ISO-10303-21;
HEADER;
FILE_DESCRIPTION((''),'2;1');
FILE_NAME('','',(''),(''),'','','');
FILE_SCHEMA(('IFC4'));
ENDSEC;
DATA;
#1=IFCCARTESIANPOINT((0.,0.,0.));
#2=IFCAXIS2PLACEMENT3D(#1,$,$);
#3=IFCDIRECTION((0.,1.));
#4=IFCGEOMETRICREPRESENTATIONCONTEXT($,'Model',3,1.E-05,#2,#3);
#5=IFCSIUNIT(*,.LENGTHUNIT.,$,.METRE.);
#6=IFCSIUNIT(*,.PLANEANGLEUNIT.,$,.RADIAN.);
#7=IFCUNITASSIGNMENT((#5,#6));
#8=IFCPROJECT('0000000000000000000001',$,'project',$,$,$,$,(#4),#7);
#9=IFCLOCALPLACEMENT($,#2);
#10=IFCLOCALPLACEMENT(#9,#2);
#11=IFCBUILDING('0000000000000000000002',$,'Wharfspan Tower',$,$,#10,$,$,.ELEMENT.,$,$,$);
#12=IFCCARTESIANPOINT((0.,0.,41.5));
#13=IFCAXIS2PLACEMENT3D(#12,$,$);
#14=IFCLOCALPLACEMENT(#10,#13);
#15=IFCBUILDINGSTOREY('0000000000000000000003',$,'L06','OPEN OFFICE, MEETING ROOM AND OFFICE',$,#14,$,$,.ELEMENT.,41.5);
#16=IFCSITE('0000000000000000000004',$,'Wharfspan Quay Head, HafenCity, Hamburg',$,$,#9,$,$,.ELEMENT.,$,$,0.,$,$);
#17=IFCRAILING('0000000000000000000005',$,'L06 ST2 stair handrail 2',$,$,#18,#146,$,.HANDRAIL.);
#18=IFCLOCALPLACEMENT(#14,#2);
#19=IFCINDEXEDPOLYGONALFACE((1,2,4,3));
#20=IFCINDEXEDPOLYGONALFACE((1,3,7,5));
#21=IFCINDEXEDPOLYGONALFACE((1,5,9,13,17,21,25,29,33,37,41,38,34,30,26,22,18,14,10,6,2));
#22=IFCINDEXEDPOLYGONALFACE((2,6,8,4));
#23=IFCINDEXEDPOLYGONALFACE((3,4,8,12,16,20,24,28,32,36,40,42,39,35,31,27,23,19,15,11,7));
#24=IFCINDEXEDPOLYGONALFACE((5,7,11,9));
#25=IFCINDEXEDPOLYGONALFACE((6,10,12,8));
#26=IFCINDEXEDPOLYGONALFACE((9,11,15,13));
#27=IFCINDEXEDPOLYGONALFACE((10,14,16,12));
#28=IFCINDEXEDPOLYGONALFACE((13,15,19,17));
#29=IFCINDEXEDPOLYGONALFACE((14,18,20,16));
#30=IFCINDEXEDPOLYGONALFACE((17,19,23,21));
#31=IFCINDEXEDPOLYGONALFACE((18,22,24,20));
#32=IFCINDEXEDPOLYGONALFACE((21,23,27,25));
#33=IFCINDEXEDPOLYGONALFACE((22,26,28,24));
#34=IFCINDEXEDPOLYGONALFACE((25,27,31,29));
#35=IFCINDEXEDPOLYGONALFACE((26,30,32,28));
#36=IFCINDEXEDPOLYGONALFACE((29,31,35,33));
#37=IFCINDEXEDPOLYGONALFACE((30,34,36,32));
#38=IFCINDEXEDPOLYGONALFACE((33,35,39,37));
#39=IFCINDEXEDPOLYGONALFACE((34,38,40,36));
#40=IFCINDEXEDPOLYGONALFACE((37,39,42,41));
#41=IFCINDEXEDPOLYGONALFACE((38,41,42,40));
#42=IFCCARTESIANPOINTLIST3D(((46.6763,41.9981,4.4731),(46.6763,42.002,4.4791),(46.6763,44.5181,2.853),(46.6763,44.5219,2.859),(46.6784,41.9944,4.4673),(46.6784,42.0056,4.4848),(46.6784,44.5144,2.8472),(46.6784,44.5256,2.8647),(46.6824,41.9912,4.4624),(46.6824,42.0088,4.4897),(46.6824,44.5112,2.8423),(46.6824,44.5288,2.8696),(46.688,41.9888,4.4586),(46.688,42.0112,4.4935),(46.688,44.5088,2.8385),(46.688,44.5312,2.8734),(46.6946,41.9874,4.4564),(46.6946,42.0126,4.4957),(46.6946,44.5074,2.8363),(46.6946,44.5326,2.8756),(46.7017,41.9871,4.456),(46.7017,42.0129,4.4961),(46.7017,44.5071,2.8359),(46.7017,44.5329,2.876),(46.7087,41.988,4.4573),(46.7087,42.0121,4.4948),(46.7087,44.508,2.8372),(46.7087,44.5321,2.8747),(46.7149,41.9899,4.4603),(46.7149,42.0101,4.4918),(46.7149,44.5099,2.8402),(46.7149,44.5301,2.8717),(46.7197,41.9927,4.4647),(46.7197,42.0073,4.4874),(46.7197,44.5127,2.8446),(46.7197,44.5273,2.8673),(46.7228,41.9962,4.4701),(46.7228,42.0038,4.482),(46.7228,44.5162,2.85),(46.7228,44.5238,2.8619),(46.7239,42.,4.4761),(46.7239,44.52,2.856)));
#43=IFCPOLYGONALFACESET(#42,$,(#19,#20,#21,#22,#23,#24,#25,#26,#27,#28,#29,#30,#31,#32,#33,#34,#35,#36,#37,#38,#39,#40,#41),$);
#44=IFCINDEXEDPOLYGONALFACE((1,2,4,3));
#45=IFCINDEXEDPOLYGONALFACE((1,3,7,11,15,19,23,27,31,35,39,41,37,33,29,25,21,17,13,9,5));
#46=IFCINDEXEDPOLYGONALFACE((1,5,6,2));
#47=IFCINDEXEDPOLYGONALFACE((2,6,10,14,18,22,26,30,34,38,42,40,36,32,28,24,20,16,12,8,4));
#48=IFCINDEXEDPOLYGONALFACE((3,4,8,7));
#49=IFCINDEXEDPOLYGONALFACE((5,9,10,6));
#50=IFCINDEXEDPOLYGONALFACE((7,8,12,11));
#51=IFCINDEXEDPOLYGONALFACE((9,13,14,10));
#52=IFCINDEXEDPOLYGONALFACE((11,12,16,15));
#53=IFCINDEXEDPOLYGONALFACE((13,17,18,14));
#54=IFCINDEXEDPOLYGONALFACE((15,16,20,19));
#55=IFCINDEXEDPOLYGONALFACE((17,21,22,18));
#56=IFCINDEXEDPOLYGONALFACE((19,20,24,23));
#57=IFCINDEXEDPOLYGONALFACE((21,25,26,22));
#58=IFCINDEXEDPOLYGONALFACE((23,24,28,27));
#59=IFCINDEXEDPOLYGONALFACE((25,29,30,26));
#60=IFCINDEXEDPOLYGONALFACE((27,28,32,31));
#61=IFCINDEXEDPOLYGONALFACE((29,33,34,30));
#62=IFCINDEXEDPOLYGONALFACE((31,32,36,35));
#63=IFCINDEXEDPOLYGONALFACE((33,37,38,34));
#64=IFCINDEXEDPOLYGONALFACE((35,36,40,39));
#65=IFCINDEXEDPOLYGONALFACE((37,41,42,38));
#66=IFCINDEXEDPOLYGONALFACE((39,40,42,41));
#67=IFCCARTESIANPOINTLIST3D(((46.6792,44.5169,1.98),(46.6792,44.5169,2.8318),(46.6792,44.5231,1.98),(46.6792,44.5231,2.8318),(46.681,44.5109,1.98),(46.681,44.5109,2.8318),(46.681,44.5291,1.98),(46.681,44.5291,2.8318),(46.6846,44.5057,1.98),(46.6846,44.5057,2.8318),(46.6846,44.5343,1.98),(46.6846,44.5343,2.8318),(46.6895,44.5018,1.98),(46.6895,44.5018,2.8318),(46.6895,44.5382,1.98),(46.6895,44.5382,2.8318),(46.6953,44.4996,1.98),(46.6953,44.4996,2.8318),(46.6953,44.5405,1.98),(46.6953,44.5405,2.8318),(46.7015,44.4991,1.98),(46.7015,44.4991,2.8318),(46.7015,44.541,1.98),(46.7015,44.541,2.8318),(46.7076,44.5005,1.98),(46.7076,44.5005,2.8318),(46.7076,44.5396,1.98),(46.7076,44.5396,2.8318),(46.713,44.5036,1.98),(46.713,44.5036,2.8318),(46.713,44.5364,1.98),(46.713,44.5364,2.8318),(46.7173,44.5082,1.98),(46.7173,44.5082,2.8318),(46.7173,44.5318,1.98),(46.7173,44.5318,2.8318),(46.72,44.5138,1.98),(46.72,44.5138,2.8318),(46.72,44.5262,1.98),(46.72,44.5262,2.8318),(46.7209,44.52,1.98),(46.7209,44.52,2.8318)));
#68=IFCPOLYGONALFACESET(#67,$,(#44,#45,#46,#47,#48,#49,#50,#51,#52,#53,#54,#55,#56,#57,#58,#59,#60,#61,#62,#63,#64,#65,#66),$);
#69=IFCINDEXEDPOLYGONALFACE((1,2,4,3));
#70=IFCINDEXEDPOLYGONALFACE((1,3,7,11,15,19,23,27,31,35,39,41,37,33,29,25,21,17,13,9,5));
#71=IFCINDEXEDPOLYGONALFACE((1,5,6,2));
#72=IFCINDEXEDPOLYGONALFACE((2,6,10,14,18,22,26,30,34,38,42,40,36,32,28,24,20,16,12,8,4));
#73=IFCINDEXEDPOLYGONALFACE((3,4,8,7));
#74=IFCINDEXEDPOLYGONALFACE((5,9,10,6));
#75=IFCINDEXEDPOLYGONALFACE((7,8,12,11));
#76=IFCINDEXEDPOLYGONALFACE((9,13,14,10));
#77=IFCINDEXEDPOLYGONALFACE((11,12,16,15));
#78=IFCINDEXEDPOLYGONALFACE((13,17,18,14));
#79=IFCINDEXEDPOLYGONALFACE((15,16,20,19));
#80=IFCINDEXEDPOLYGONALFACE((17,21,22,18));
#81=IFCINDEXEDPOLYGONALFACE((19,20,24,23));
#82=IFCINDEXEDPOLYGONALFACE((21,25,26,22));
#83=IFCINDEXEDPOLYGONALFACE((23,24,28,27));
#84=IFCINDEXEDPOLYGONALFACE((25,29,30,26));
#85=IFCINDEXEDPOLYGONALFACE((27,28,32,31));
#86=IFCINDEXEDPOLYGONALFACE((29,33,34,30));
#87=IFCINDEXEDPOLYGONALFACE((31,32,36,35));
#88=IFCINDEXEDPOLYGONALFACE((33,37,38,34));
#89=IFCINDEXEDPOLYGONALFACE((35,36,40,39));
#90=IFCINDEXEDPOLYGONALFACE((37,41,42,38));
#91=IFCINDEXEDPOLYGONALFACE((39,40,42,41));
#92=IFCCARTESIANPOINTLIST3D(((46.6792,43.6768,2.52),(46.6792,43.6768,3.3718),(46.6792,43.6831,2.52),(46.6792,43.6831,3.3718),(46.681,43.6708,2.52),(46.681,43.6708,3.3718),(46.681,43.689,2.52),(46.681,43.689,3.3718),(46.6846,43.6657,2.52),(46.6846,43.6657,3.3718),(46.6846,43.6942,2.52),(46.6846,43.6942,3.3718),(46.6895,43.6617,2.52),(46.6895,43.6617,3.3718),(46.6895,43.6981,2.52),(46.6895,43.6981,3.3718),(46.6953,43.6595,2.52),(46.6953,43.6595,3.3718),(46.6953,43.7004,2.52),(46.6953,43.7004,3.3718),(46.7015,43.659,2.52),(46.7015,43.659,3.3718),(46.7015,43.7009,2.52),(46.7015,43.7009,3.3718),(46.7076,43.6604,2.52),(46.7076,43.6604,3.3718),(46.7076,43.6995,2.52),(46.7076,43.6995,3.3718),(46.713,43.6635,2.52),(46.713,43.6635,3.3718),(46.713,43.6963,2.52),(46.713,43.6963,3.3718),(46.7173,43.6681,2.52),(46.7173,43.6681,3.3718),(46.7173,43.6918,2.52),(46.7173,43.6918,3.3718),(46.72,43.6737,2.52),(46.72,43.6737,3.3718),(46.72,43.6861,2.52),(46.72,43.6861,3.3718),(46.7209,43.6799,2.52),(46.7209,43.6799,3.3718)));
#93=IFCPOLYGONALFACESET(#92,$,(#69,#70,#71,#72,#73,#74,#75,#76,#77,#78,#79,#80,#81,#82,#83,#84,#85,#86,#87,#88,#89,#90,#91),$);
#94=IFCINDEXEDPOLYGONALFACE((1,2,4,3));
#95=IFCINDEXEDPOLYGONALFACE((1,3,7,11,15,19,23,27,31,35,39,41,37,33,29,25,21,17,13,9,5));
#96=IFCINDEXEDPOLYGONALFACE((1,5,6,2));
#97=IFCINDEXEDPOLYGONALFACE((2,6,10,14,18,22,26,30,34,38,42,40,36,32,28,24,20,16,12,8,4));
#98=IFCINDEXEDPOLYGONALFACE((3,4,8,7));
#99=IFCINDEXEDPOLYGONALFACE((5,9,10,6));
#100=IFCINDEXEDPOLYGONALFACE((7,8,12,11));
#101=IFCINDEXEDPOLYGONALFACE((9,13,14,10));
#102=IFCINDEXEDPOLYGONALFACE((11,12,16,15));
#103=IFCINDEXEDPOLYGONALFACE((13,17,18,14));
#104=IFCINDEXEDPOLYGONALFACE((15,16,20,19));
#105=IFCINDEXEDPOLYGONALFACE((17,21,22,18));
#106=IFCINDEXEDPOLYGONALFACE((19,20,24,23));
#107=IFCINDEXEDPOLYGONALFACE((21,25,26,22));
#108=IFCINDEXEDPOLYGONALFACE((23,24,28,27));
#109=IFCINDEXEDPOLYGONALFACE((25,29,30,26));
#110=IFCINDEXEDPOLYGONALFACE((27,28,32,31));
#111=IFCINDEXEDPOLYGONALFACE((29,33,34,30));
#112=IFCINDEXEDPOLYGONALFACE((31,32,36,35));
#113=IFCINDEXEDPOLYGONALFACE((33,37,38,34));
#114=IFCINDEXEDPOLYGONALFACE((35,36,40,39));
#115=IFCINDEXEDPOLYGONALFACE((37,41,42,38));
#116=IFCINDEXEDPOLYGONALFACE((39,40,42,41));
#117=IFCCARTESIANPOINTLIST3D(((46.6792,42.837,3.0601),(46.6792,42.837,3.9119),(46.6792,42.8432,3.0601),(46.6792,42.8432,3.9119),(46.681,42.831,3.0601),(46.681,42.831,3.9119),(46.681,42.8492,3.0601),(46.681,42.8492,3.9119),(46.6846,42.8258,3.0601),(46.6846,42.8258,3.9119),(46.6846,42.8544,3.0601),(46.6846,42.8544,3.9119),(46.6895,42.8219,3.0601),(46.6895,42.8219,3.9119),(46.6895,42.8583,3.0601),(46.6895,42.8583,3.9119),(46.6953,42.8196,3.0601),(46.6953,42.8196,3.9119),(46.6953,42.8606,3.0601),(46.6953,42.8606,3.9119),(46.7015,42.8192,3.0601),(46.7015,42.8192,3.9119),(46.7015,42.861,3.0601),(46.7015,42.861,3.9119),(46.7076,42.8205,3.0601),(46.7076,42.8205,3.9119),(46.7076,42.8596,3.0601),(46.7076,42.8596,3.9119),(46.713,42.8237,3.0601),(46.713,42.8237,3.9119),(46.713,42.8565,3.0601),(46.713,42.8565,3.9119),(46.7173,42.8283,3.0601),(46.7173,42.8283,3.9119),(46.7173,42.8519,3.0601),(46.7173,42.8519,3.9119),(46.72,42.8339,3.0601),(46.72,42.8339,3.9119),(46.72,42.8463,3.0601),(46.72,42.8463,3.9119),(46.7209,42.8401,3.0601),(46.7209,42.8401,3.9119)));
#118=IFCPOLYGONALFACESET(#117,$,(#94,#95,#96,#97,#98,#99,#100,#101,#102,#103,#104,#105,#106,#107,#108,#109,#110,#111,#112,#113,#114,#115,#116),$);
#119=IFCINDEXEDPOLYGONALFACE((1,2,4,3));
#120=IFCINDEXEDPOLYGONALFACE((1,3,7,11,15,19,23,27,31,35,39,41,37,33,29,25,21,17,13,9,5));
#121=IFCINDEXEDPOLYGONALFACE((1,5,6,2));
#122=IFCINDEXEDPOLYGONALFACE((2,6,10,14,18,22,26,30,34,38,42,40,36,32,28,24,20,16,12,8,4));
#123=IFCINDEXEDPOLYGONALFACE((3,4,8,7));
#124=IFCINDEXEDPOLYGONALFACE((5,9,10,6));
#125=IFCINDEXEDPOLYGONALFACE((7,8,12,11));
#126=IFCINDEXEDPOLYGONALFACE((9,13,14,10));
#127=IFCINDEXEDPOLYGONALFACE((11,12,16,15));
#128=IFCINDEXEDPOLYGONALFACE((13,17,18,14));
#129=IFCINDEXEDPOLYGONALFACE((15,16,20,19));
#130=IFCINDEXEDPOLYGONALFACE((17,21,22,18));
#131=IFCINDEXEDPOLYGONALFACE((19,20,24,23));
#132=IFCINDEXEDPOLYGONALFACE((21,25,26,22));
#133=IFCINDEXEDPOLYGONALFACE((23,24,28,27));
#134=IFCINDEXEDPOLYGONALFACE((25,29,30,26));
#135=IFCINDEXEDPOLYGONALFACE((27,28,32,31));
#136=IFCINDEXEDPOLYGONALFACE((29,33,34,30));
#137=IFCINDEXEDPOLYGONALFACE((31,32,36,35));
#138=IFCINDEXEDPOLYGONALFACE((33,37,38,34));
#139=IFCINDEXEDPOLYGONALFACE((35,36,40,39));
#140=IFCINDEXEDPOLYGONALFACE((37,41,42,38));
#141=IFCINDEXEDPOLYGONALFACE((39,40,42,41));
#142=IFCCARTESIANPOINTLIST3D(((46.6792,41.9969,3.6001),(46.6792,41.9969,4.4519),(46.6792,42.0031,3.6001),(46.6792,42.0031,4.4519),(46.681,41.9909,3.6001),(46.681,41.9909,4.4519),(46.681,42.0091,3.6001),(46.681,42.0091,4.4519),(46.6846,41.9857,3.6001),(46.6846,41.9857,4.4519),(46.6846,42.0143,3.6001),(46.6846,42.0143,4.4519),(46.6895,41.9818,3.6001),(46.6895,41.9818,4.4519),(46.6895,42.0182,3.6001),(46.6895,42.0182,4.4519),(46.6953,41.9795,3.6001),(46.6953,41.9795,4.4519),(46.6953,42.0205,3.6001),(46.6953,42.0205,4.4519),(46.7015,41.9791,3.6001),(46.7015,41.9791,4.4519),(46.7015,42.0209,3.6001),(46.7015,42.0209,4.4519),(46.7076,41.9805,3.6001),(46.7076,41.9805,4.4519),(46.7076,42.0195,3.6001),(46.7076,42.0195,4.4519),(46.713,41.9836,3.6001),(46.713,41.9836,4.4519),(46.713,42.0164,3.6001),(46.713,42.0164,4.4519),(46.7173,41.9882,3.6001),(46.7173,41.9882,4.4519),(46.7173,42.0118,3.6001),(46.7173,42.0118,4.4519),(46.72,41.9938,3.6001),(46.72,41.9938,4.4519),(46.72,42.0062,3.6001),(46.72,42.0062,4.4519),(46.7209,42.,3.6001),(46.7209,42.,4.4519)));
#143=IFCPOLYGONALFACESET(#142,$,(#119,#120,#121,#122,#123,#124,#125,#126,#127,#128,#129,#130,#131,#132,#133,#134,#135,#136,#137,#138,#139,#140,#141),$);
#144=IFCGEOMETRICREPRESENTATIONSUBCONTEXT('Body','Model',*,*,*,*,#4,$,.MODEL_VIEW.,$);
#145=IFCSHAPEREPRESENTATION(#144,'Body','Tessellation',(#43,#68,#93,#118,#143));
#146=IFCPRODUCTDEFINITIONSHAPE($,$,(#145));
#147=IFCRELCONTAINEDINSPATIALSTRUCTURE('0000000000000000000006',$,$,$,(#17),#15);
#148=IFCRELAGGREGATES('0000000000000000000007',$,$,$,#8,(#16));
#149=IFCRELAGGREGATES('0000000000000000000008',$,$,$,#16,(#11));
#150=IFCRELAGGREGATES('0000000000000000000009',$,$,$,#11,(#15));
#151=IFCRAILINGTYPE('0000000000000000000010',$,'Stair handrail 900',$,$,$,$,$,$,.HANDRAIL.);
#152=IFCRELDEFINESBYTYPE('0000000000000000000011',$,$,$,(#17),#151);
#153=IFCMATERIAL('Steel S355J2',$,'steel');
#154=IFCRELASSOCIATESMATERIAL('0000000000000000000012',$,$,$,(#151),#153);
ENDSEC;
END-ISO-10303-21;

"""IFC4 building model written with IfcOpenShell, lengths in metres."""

from ifc_helpers import new_model, si_unit, direction, frame, origin, origin_2d, place, context, subcontext, project, spatial, circle, extrude, material, type_object, element, save


model = new_model("IFC4")

# Units and contexts
model_context = context("Model", 3, precision=1e-05, world=origin(), true_north=direction((0.0, 1.0)))
body_context = subcontext(model_context, "Body", "Model", "MODEL_VIEW")
ifc_project = project(units=[si_unit("LENGTHUNIT", "METRE"), si_unit("PLANEANGLEUNIT", "RADIAN")], contexts=[model_context])

# Site, building, storey
site_placement = place(None, origin())
site = spatial("IfcSite", under=ifc_project, at=site_placement, Name="Wharfspan Quay Head, HafenCity, Hamburg", CompositionType="ELEMENT", RefElevation=0.0)
building_placement = place(site_placement, origin())
building = spatial("IfcBuilding", under=site, at=building_placement, Name="Wharfspan Tower", CompositionType="ELEMENT")
storey_placement = place(building_placement, frame((0.0, 0.0, 41.5)))
storey = spatial("IfcBuildingStorey", under=building, at=storey_placement, Name="L06", Description="OPEN OFFICE, MEETING ROOM AND OFFICE", CompositionType="ELEMENT", Elevation=41.5)

# Shared definitions
ifc_material_1 = material(Name="Steel S355J2", Category="steel")

# Railing
railing_type_1 = type_object("IfcRailingType", Name="Stair handrail 900", PredefinedType="HANDRAIL", material=ifc_material_1)
railing_1_placement = place(storey_placement, frame((46.7, 44.52, 1.98)))
element("IfcRailing", 1, at=railing_1_placement, inside=storey, type_object=railing_type_1, Name="L06 ST2 stair handrail 2", PredefinedType="HANDRAIL", context=body_context, shape_type="SweptSolid", body=[
    extrude(circle(Radius=0.0239, at=origin_2d()), frame((0.0, 0.0, 0.876), z_axis=(0.0, -0.841163, 0.540782), x_axis=(1.0, 0.0, 0.0)), (0.0, 0.0, 1.0), 2.9958),
    extrude(circle(Radius=0.021, at=origin_2d()), origin(), (0.0, 0.0, 1.0), 0.8518),
    extrude(circle(Radius=0.021, at=origin_2d()), frame((0.0, -0.8401, 0.54)), (0.0, 0.0, 1.0), 0.8518),
    extrude(circle(Radius=0.021, at=origin_2d()), frame((0.0, -1.6799, 1.0801)), (0.0, 0.0, 1.0), 0.8518),
    extrude(circle(Radius=0.021, at=origin_2d()), frame((0.0, -2.52, 1.6201)), (0.0, 0.0, 1.0), 0.8518),
])

save(model, "model.ifc")
